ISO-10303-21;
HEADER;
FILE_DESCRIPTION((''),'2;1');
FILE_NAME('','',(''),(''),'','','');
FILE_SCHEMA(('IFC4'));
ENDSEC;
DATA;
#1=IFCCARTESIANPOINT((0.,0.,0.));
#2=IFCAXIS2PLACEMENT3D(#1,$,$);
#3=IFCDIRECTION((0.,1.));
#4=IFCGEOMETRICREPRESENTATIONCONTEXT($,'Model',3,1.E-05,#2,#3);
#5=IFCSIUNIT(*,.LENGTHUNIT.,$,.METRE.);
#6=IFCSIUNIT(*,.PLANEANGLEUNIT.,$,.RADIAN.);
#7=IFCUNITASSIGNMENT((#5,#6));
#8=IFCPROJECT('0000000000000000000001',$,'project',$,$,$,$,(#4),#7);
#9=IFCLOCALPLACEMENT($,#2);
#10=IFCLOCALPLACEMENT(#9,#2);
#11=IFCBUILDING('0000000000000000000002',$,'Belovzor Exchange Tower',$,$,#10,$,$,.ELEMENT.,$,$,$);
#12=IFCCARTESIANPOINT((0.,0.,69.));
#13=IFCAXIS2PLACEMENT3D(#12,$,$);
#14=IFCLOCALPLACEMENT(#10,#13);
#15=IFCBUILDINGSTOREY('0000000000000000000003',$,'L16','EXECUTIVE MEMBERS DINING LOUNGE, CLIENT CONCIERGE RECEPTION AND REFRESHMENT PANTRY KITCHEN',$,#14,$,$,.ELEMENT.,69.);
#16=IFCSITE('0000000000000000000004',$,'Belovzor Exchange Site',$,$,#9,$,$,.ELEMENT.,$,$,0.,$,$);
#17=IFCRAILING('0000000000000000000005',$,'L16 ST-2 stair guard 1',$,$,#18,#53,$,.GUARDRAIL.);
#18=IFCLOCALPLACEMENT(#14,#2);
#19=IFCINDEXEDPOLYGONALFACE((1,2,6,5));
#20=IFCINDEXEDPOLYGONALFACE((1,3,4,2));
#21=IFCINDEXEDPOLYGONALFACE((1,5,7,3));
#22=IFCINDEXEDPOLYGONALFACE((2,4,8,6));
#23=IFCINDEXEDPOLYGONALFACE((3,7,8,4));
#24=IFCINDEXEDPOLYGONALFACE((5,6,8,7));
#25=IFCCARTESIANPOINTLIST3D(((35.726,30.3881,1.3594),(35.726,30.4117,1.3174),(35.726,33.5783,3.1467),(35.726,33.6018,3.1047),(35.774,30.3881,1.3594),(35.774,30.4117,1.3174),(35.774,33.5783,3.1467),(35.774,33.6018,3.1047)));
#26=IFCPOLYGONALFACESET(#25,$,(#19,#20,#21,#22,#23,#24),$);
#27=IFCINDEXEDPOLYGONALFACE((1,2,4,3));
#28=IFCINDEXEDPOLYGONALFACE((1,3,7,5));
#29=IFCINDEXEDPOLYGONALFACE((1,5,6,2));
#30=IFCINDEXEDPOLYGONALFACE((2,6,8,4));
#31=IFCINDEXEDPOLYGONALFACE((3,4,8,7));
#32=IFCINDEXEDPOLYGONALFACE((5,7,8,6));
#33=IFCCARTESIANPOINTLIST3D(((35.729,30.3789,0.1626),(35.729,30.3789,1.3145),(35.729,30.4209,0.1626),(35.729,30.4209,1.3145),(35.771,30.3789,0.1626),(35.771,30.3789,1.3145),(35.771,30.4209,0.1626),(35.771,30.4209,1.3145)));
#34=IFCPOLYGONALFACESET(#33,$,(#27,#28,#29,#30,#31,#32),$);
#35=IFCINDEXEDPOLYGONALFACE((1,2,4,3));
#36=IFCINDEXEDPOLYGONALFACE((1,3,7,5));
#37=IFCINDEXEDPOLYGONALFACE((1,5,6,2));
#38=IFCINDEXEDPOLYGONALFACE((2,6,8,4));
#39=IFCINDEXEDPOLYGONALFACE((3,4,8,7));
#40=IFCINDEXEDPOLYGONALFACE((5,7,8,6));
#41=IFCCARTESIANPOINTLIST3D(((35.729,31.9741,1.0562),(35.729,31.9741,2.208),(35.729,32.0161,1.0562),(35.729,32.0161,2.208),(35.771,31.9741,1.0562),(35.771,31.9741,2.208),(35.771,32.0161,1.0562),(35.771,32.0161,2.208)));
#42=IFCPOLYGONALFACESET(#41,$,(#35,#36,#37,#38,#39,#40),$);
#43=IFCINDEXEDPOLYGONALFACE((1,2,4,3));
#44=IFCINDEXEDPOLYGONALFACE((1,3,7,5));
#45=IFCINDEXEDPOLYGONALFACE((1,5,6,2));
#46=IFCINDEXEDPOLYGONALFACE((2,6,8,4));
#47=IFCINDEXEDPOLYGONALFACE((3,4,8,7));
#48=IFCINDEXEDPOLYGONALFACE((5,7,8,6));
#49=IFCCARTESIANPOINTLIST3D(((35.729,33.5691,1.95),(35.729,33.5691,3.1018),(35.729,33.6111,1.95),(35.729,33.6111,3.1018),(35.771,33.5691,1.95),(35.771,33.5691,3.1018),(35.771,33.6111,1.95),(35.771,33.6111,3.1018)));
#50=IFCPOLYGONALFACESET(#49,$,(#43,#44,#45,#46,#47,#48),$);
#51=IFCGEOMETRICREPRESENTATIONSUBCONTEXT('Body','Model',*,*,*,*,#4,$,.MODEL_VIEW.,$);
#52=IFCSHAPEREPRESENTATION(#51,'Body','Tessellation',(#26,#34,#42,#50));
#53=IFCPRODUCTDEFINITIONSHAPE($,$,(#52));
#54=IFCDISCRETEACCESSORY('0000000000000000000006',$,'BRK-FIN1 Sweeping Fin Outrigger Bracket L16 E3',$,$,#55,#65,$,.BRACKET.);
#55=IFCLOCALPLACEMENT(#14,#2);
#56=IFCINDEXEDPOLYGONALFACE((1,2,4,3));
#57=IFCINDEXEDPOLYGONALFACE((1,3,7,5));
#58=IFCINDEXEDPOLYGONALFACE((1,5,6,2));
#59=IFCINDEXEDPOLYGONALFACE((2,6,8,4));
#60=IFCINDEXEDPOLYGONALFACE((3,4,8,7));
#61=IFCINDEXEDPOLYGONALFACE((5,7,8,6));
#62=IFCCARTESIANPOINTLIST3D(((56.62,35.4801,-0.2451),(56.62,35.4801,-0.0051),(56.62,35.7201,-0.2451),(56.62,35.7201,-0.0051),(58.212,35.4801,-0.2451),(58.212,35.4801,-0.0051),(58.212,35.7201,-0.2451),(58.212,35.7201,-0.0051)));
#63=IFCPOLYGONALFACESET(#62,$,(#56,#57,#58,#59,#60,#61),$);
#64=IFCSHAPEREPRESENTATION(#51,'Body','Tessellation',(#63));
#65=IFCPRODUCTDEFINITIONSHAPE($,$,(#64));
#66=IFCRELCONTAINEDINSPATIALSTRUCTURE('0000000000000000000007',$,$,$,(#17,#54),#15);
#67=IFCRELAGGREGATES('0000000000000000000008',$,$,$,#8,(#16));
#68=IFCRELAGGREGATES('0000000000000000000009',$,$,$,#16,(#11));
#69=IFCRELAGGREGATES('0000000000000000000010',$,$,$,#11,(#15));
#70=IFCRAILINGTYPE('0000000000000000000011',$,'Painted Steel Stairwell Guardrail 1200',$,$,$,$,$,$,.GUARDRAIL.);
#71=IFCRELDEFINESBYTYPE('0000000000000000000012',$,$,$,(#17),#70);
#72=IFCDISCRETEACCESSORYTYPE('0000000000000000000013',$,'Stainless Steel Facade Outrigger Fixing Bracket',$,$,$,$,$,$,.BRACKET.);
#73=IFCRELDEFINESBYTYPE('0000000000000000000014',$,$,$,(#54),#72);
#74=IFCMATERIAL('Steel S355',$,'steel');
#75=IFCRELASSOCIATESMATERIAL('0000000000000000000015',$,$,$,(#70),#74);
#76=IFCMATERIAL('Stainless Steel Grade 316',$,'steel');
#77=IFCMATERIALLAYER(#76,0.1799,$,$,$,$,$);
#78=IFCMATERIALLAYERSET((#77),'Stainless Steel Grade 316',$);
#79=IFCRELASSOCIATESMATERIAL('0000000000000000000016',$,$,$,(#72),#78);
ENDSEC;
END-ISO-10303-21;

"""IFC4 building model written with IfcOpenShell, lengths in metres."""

from ifc_helpers import new_model, si_unit, direction, frame, origin, origin_2d, place, context, subcontext, project, spatial, rectangle, extrude, material, layer, layer_set, type_object, element, save


model = new_model("IFC4")

# Units and contexts
model_context = context("Model", 3, precision=1e-05, world=origin(), true_north=direction((0.0, 1.0)))
body_context = subcontext(model_context, "Body", "Model", "MODEL_VIEW")
ifc_project = project(units=[si_unit("LENGTHUNIT", "METRE"), si_unit("PLANEANGLEUNIT", "RADIAN")], contexts=[model_context])

# Site, building, storey
site_placement = place(None, origin())
site = spatial("IfcSite", under=ifc_project, at=site_placement, Name="Belovzor Exchange Site", CompositionType="ELEMENT", RefElevation=0.0)
building_placement = place(site_placement, origin())
building = spatial("IfcBuilding", under=site, at=building_placement, Name="Belovzor Exchange Tower", CompositionType="ELEMENT")
storey_placement = place(building_placement, frame((0.0, 0.0, 69.0)))
storey = spatial("IfcBuildingStorey", under=building, at=storey_placement, Name="L16", Description="EXECUTIVE MEMBERS DINING LOUNGE, CLIENT CONCIERGE RECEPTION AND REFRESHMENT PANTRY KITCHEN", CompositionType="ELEMENT", Elevation=69.0)

# Railing
ifc_material_1 = material(Name="Steel S355", Category="steel")
railing_type_1 = type_object("IfcRailingType", Name="Painted Steel Stairwell Guardrail 1200", PredefinedType="GUARDRAIL", material=ifc_material_1)
railing_1_placement = place(storey_placement, frame((35.75, 30.3999, 0.1626)))
element("IfcRailing", 1, at=railing_1_placement, inside=storey, type_object=railing_type_1, Name="L16 ST-2 stair guard 1", PredefinedType="GUARDRAIL", context=body_context, shape_type="SweptSolid", body=[
    extrude(rectangle(XDim=0.0481, YDim=0.0481, at=origin_2d()), frame((0.0, 0.0, 1.1758), z_axis=(0.0, 0.872407, 0.48878), x_axis=(-1.0, 0.0, 0.0)), (0.0, 0.0, 1.0), 3.6567),
    extrude(rectangle(XDim=0.042, YDim=0.042, at=origin_2d()), origin(), (0.0, 0.0, 1.0), 1.1519),
    extrude(rectangle(XDim=0.042, YDim=0.042, at=origin_2d()), frame((0.0, 1.5952, 0.8936)), (0.0, 0.0, 1.0), 1.1519),
    extrude(rectangle(XDim=0.042, YDim=0.042, at=origin_2d()), frame((0.0, 3.1902, 1.7874)), (0.0, 0.0, 1.0), 1.1519),
])

# Discrete accessory
ifc_material_2 = material(Name="Stainless Steel Grade 316", Category="steel")
ifc_layer_1 = layer(ifc_material_2, 0.1799)
ifc_layer_set_1 = layer_set([ifc_layer_1], Name="Stainless Steel Grade 316")
discrete_accessory_type = type_object("IfcDiscreteAccessoryType", Name="Stainless Steel Facade Outrigger Fixing Bracket", PredefinedType="BRACKET", material=ifc_layer_set_1)
discrete_accessory_placement = place(storey_placement, frame((57.416, 35.6001, -0.2451), z_axis=(0.0, 0.0, 1.0), x_axis=(1.0, 0.0, 0.0)))
element("IfcDiscreteAccessory", 2, at=discrete_accessory_placement, inside=storey, type_object=discrete_accessory_type, Name="BRK-FIN1 Sweeping Fin Outrigger Bracket L16 E3", PredefinedType="BRACKET", context=body_context, shape_type="SweptSolid", body=[
    extrude(rectangle(XDim=1.592, YDim=0.24, at=origin_2d()), origin(), (0.0, 0.0, 1.0), 0.24),
])

save(model, "model.ifc")
